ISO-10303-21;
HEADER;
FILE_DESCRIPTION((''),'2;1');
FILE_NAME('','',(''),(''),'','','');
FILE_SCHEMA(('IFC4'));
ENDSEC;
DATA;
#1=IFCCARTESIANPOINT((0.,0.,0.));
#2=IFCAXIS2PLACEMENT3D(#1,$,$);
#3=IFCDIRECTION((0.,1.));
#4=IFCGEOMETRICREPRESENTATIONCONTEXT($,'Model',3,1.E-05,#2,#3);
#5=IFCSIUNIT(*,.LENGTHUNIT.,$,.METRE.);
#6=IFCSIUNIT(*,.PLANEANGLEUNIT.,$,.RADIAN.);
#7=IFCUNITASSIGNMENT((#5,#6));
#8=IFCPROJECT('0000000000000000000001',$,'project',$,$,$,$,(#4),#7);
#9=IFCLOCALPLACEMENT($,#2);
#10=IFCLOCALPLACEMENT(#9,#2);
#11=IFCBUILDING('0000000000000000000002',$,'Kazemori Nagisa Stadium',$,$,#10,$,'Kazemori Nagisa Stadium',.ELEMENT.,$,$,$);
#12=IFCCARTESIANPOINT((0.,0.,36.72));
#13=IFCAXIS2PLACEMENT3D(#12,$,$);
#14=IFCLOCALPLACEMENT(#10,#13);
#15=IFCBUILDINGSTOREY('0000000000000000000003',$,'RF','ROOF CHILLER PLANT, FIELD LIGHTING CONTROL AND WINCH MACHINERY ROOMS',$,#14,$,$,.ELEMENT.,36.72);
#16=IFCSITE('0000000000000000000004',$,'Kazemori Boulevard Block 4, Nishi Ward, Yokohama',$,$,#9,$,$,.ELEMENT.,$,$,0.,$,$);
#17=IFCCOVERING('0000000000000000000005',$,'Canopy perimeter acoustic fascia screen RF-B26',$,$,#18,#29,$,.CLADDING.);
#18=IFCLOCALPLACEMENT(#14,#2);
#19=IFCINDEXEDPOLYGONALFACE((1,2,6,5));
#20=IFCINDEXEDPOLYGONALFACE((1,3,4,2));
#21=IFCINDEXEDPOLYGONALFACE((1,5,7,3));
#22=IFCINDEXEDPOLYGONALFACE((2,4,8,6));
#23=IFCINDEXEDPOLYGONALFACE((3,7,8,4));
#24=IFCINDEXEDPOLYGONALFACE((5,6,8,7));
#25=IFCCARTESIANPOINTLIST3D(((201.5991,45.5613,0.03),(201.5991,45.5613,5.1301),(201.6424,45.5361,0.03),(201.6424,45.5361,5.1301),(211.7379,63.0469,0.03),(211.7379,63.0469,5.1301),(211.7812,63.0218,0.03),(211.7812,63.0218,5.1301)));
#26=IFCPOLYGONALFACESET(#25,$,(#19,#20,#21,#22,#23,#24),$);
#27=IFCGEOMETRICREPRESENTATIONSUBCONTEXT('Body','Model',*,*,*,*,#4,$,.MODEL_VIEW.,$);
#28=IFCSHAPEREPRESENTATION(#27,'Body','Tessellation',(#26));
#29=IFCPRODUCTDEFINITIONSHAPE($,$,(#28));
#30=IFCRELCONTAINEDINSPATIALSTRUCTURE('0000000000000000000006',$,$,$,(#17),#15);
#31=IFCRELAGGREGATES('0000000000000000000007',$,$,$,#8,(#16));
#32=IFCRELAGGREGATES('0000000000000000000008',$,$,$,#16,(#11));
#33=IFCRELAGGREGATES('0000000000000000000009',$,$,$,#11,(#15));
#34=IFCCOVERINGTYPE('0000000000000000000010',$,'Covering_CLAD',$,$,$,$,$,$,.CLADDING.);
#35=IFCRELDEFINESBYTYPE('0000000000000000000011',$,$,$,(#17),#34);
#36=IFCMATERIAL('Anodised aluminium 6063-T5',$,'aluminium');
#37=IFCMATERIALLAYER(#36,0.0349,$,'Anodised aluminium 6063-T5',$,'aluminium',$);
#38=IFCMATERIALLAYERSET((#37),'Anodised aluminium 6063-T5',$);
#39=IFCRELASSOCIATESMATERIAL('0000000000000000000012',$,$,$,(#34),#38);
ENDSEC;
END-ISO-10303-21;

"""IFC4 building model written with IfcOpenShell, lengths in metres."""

from ifc_helpers import new_model, si_unit, direction, frame, origin, origin_2d, place, context, subcontext, project, spatial, rectangle, extrude, material, layer, layer_set, type_object, element, save


model = new_model("IFC4")

# Units and contexts
model_context = context("Model", 3, precision=1e-05, world=origin(), true_north=direction((0.0, 1.0)))
body_context = subcontext(model_context, "Body", "Model", "MODEL_VIEW")
ifc_project = project(units=[si_unit("LENGTHUNIT", "METRE"), si_unit("PLANEANGLEUNIT", "RADIAN")], contexts=[model_context])

# Site, building, storey
site_placement = place(None, origin())
site = spatial("IfcSite", under=ifc_project, at=site_placement, Name="Kazemori Boulevard Block 4, Nishi Ward, Yokohama", CompositionType="ELEMENT", RefElevation=0.0)
building_placement = place(site_placement, origin())
building = spatial("IfcBuilding", under=site, at=building_placement, Name="Kazemori Nagisa Stadium", LongName="Kazemori Nagisa Stadium", CompositionType="ELEMENT")
storey_placement = place(building_placement, frame((0.0, 0.0, 36.72)))
storey = spatial("IfcBuildingStorey", under=building, at=storey_placement, Name="RF", Description="ROOF CHILLER PLANT, FIELD LIGHTING CONTROL AND WINCH MACHINERY ROOMS", CompositionType="ELEMENT", Elevation=36.72)

# Covering
ifc_material_1 = material(Name="Anodised aluminium 6063-T5", Category="aluminium")
ifc_layer_1 = layer(ifc_material_1, 0.0349, Name="Anodised aluminium 6063-T5", Category="aluminium")
ifc_layer_set_1 = layer_set([ifc_layer_1], Name="Anodised aluminium 6063-T5")
covering_type = type_object("IfcCoveringType", Name="Covering_CLAD", PredefinedType="CLADDING", material=ifc_layer_set_1)
covering_placement = place(storey_placement, frame((206.6902, 54.2915, 0.03), z_axis=(0.0, 0.0, 1.0), x_axis=(0.501612, 0.865093, 0.0)))
element("IfcCovering", 1, at=covering_placement, inside=storey, type_object=covering_type, Name="Canopy perimeter acoustic fascia screen RF-B26", PredefinedType="CLADDING", context=body_context, shape_type="SweptSolid", body=[
    extrude(rectangle(XDim=20.2124, YDim=0.05, at=origin_2d()), origin(), (0.0, 0.0, 1.0), 5.1001),
])

save(model, "model.ifc")
